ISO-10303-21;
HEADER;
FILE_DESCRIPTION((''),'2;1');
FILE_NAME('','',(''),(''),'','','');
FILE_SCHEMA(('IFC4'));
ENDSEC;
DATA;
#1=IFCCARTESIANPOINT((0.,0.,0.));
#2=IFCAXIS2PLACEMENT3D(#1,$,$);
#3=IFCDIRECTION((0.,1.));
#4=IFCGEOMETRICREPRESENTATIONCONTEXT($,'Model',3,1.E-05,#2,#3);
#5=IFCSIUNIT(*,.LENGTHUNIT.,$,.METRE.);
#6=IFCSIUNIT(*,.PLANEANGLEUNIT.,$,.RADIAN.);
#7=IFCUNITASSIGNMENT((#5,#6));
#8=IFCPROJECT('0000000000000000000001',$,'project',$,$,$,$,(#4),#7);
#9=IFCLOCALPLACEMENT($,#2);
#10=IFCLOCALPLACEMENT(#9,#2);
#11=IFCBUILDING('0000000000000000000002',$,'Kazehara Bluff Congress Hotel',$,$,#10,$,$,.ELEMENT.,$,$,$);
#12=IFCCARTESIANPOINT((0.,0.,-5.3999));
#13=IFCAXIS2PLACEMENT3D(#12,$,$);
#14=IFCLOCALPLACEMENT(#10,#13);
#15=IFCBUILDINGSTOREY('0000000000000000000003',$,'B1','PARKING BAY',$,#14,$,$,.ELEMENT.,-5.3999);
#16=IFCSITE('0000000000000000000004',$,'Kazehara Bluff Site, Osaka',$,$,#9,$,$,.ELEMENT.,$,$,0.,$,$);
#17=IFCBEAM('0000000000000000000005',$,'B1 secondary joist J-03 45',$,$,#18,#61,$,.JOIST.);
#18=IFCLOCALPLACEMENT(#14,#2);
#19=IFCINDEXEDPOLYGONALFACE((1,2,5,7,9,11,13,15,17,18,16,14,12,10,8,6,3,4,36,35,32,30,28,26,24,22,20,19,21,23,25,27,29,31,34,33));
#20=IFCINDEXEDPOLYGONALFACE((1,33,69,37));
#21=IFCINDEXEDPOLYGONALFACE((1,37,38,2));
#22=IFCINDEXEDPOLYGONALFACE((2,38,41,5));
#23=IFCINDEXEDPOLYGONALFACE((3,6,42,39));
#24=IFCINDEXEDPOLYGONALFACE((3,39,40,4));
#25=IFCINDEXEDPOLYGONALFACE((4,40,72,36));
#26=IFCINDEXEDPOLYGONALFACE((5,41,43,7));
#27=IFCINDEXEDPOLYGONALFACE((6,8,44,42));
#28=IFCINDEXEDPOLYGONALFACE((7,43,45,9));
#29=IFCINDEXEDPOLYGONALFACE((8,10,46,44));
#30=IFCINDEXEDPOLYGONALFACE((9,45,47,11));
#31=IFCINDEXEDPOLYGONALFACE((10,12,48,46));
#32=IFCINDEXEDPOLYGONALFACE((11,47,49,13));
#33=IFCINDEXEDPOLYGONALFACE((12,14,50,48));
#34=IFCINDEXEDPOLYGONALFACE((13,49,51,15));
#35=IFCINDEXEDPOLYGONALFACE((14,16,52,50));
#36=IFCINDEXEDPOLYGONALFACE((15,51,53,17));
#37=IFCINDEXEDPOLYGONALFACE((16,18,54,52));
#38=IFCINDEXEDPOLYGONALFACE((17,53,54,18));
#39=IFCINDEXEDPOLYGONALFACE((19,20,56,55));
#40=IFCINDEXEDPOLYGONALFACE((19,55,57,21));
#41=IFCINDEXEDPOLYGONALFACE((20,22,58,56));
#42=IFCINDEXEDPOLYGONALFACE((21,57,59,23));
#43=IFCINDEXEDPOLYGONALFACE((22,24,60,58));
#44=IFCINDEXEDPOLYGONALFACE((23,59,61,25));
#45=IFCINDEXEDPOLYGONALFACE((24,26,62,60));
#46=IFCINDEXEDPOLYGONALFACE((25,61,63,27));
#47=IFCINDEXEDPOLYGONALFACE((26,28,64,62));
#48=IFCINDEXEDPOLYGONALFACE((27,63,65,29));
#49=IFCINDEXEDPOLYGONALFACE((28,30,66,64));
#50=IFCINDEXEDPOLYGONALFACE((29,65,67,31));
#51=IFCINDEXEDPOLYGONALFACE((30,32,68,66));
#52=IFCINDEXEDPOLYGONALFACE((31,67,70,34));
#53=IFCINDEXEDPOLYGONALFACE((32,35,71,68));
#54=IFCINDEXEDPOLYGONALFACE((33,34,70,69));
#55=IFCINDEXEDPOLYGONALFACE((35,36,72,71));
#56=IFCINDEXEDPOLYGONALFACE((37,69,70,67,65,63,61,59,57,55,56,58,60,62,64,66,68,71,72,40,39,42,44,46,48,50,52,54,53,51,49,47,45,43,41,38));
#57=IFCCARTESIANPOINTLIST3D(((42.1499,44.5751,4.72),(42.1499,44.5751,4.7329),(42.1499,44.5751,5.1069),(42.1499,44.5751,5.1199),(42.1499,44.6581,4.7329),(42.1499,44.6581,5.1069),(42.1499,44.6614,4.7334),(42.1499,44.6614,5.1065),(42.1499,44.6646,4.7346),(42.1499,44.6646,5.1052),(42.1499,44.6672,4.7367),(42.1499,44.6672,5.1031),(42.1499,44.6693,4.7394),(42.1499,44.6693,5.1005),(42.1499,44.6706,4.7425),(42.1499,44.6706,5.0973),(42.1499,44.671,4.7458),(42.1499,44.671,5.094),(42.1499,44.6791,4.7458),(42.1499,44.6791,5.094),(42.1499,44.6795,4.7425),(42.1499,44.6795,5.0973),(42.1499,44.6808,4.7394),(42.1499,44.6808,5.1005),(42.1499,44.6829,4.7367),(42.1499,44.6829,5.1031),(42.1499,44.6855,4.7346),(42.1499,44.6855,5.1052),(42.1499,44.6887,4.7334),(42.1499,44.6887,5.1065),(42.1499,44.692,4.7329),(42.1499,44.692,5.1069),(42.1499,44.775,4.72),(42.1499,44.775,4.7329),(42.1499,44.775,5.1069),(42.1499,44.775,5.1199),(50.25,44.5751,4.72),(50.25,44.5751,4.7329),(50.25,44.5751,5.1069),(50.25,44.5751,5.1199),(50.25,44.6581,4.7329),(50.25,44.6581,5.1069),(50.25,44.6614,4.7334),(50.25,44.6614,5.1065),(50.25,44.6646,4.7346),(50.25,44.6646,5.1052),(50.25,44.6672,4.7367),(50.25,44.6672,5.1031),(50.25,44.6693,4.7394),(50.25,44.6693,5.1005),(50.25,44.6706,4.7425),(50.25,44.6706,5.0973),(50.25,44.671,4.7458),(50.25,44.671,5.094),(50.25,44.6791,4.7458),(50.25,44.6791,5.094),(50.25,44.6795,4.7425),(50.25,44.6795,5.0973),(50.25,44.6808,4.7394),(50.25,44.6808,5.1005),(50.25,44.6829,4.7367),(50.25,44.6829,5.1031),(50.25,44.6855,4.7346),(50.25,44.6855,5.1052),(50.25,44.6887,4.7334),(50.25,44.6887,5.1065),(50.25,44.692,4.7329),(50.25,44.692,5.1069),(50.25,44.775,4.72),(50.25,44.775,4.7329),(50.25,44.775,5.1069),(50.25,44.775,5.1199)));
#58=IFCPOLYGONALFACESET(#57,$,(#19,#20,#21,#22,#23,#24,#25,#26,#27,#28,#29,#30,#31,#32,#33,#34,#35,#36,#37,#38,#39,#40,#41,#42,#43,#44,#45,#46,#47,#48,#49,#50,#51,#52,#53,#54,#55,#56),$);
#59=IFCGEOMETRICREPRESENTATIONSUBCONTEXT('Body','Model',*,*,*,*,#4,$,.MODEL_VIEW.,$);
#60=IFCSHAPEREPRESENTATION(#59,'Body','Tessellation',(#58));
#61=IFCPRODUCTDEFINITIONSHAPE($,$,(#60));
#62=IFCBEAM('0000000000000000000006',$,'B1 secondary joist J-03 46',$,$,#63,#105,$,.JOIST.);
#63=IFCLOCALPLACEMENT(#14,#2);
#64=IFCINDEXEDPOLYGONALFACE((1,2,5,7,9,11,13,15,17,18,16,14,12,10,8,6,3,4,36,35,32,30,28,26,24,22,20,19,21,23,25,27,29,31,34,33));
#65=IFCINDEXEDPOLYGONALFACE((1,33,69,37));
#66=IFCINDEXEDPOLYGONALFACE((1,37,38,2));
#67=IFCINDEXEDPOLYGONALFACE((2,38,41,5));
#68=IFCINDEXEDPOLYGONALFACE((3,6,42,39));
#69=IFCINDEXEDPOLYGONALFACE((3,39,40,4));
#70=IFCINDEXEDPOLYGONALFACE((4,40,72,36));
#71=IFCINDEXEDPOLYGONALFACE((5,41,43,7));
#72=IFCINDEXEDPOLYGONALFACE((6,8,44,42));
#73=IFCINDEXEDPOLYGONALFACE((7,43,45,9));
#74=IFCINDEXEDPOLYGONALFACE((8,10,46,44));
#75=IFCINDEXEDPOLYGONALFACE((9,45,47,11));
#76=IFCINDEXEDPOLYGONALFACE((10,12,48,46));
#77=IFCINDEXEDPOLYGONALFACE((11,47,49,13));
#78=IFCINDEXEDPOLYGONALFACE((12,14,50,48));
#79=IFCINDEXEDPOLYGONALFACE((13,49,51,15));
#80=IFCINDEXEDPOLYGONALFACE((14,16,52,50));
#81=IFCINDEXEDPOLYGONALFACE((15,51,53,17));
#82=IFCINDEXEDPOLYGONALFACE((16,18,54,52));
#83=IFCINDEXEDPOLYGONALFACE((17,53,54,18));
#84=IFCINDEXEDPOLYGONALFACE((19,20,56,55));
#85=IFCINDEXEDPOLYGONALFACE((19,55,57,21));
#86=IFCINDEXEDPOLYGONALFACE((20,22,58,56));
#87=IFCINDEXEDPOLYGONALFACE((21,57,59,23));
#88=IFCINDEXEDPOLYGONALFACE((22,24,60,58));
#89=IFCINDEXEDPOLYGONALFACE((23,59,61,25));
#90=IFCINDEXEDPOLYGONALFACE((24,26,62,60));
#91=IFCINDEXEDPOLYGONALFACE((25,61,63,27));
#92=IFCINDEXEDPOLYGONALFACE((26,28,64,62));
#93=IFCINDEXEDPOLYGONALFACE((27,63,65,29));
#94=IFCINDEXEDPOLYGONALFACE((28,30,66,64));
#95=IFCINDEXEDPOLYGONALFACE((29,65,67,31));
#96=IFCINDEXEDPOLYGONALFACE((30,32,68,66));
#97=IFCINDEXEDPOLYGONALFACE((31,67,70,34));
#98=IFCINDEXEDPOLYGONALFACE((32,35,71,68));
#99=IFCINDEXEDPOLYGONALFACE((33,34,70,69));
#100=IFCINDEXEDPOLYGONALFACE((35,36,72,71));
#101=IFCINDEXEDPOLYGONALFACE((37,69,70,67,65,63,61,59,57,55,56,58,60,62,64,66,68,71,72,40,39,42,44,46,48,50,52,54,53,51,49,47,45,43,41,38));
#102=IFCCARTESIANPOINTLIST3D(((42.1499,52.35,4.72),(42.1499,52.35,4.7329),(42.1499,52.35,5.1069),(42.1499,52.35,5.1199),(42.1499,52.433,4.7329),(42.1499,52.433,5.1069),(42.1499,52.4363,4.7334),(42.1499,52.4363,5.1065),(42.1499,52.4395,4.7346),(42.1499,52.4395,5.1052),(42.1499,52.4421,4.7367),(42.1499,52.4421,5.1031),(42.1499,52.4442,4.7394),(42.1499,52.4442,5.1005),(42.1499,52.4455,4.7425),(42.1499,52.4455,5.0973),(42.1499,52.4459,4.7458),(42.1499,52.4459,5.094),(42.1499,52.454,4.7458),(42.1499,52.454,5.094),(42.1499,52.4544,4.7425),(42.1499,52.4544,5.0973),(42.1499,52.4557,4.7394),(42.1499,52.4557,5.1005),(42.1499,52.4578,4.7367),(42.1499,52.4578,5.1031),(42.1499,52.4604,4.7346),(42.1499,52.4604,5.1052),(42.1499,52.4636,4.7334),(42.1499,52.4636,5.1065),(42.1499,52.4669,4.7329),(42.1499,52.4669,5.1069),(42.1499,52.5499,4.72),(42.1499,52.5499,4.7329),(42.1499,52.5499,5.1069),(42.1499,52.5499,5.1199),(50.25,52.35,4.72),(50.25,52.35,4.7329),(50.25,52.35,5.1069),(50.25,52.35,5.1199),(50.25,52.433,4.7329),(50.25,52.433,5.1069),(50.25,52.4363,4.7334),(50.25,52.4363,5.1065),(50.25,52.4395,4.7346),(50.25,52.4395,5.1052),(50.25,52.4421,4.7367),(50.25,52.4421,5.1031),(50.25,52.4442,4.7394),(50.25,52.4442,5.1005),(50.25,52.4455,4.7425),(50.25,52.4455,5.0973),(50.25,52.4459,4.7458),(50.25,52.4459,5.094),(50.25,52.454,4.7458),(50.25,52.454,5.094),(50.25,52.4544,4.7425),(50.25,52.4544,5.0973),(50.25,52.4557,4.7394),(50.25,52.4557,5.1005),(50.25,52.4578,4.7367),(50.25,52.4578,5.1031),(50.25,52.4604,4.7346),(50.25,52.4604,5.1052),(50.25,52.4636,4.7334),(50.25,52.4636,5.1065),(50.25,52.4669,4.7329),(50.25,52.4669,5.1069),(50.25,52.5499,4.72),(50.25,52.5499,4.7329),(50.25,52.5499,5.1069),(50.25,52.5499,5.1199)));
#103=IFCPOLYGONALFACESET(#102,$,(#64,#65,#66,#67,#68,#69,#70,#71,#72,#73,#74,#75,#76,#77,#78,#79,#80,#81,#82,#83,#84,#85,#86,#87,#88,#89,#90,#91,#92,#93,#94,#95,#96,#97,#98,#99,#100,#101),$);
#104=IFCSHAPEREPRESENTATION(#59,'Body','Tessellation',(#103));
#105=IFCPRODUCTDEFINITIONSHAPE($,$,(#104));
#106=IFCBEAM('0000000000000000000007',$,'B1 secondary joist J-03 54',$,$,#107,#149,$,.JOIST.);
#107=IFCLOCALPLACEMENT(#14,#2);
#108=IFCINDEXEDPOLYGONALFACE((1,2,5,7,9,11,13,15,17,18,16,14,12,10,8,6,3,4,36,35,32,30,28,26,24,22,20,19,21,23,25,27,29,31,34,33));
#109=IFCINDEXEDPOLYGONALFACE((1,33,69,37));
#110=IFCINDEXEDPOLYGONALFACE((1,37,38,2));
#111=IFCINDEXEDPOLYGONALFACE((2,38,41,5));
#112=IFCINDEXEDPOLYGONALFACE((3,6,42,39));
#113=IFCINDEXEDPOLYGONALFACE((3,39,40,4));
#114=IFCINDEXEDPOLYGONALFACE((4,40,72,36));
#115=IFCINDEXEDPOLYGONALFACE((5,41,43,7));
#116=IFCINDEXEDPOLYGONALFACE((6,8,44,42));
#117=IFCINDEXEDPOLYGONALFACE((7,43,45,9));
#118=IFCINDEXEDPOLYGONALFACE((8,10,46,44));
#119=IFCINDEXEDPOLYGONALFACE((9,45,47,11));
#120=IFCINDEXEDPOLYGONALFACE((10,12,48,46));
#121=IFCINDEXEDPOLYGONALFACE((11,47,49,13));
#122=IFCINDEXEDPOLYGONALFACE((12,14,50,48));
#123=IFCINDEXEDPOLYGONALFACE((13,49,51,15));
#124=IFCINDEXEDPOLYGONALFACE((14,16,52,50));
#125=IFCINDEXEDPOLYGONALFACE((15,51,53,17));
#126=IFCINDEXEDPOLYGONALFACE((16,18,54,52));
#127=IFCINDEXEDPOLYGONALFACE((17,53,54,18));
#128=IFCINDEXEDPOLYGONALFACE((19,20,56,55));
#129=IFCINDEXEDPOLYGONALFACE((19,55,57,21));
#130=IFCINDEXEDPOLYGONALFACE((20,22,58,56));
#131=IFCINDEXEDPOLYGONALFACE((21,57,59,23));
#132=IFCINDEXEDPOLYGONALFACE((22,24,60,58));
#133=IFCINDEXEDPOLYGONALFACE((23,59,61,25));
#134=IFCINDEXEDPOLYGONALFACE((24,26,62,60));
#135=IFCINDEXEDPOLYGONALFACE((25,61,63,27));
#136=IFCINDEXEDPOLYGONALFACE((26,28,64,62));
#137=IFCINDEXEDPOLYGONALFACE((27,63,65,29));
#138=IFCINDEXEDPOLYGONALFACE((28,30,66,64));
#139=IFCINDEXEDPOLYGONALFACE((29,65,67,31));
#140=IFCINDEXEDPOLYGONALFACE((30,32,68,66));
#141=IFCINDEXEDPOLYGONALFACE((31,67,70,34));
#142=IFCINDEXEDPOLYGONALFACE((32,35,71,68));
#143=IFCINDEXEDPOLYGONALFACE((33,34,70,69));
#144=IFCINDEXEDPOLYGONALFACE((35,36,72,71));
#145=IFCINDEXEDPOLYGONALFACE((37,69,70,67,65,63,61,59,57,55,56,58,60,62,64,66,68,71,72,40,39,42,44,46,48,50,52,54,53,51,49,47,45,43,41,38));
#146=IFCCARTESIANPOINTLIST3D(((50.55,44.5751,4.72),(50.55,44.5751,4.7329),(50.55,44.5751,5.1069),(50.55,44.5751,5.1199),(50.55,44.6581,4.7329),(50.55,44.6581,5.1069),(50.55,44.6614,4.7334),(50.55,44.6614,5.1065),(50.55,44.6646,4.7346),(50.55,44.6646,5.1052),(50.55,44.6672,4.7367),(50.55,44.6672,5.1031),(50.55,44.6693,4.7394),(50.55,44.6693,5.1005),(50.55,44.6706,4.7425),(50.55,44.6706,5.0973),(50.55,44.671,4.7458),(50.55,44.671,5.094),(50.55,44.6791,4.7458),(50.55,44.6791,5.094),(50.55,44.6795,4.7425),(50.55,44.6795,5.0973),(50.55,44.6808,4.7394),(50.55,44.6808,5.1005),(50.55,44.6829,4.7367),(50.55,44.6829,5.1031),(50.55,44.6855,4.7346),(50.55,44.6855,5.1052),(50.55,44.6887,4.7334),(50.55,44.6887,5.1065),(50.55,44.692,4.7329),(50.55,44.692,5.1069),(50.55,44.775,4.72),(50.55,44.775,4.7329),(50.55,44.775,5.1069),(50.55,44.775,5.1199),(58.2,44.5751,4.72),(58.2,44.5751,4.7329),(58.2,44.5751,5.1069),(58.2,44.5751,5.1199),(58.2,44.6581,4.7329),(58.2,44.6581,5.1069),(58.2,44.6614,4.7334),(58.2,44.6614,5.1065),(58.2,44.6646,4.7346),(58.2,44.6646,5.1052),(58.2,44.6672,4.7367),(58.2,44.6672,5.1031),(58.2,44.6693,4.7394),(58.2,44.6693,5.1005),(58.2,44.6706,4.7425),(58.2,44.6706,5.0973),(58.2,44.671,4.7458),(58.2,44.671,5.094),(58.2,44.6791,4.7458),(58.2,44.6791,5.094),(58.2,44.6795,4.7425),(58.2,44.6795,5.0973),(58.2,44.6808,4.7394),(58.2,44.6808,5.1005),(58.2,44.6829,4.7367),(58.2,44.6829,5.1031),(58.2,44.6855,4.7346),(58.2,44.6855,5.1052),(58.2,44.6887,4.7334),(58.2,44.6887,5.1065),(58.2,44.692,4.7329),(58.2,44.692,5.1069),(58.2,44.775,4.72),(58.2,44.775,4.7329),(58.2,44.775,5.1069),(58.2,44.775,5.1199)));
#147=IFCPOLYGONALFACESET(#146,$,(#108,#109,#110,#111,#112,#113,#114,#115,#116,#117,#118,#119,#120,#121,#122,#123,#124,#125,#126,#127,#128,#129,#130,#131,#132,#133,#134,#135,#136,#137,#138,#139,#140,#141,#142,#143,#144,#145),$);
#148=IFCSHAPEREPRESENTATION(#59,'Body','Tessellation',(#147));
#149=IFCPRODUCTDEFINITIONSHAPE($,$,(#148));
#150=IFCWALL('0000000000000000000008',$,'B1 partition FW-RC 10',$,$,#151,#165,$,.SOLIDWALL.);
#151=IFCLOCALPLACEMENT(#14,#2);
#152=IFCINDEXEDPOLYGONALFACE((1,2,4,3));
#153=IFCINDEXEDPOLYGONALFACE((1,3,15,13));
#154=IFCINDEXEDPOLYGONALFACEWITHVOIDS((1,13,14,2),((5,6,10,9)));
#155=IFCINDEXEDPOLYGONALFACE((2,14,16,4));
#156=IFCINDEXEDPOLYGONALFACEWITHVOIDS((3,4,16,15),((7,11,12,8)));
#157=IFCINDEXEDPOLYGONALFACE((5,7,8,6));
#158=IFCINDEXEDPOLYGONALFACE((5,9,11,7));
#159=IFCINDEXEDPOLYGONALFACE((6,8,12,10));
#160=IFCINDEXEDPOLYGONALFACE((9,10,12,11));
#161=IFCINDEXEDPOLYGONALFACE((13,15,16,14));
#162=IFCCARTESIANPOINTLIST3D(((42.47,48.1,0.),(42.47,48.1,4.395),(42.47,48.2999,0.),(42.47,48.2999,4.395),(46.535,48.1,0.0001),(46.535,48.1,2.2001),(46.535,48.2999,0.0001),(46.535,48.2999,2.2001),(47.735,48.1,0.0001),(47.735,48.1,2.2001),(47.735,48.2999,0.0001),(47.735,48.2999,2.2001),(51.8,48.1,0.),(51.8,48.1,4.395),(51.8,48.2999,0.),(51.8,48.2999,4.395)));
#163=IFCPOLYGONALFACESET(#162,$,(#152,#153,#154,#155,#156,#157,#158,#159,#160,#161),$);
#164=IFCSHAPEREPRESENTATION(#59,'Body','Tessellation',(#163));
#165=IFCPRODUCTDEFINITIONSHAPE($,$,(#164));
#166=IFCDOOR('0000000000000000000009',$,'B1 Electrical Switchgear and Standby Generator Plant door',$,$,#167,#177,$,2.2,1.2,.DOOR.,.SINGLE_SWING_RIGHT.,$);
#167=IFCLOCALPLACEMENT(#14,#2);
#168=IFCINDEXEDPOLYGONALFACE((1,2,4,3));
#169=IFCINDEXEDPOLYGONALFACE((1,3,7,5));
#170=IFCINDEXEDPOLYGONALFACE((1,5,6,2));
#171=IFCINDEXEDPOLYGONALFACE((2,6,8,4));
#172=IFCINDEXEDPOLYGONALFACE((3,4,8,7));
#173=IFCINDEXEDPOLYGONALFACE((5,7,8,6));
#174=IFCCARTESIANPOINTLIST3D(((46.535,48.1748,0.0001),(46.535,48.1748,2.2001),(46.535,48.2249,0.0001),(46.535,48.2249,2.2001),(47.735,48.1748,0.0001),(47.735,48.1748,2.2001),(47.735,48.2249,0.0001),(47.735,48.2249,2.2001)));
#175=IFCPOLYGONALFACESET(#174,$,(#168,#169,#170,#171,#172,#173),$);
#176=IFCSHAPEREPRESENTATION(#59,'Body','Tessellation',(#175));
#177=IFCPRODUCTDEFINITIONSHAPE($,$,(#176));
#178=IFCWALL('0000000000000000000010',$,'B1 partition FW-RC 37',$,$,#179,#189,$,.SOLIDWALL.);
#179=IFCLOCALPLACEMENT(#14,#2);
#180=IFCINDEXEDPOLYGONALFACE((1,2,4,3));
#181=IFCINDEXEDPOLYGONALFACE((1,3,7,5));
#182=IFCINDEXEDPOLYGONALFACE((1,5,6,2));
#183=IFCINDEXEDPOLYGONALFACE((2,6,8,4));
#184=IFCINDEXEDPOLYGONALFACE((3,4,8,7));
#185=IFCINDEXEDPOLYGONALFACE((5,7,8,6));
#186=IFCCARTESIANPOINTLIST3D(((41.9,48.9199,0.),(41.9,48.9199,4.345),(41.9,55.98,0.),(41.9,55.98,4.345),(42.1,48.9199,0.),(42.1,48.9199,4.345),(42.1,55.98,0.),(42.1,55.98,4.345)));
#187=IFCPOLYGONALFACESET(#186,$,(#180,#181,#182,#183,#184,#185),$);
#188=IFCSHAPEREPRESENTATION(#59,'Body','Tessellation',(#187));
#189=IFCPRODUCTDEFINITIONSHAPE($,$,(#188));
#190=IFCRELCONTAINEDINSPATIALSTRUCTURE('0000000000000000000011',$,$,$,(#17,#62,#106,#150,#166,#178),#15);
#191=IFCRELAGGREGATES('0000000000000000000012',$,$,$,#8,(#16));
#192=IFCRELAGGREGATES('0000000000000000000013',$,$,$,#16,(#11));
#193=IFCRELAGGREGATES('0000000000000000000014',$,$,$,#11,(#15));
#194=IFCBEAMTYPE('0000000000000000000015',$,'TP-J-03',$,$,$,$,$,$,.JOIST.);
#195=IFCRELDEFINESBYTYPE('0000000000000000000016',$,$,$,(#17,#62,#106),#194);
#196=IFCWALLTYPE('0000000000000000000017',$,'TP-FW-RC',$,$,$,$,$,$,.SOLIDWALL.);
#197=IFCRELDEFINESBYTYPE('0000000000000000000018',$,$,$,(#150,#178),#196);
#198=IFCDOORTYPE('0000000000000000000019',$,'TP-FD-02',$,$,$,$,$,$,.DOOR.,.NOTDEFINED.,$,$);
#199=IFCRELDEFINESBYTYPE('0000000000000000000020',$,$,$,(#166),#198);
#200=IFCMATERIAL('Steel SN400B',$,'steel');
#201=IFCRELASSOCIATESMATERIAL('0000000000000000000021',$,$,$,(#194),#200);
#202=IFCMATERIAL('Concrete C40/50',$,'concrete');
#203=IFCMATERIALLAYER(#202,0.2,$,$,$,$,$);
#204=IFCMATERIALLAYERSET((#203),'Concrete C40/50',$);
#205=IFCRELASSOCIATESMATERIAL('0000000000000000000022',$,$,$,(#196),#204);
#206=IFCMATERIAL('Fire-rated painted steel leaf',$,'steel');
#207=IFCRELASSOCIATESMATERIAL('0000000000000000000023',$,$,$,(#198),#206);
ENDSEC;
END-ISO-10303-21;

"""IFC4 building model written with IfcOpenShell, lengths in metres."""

from ifc_helpers import new_model, si_unit, direction, frame, frame_2d, origin, origin_2d, place, context, subcontext, project, spatial, rectangle, i_section, extrude, material, layer, layer_set, material_profile, profile_set, type_object, element, fill, save


model = new_model("IFC4")

# Units and contexts
model_context = context("Model", 3, precision=1e-05, world=origin(), true_north=direction((0.0, 1.0)))
body_context = subcontext(model_context, "Body", "Model", "MODEL_VIEW")
ifc_project = project(units=[si_unit("LENGTHUNIT", "METRE"), si_unit("PLANEANGLEUNIT", "RADIAN")], contexts=[model_context])

# Site, building, storey
site_placement = place(None, origin())
site = spatial("IfcSite", under=ifc_project, at=site_placement, Name="Kazehara Bluff Site, Osaka", CompositionType="ELEMENT", RefElevation=0.0)
building_placement = place(site_placement, origin())
building = spatial("IfcBuilding", under=site, at=building_placement, Name="Kazehara Bluff Congress Hotel", CompositionType="ELEMENT")
storey_placement = place(building_placement, frame((0.0, 0.0, -5.3999)))
storey = spatial("IfcBuildingStorey", under=building, at=storey_placement, Name="B1", Description="PARKING BAY", CompositionType="ELEMENT", Elevation=-5.3999)

# Beams
ifc_material_1 = material(Name="Steel SN400B", Category="steel")
ifc_material_profile_1 = material_profile(ifc_material_1, i_section(OverallWidth=0.2, OverallDepth=0.3999, WebThickness=0.0081, FlangeThickness=0.0129, FilletRadius=0.0129, at=origin_2d()))
ifc_profile_set_1 = profile_set([ifc_material_profile_1], Name="Steel SN400B")
beam_type_1 = type_object("IfcBeamType", Name="TP-J-03", PredefinedType="JOIST", material=ifc_profile_set_1)
for number, where, z_axis, x_axis, name in (
    (1, (42.1499, 44.675, 4.9199), (1.0, 0.0, 0.0), (0.0, 1.0, 0.0), "B1 secondary joist J-03 45"),
    (2, (42.1499, 52.45, 4.9199), (1.0, 0.0, 0.0), (0.0, 1.0, 0.0), "B1 secondary joist J-03 46"),
):
    element("IfcBeam", number, at=place(storey_placement, frame(where, z_axis=z_axis, x_axis=x_axis)), inside=storey, type_object=beam_type_1, Name=name, PredefinedType="JOIST", context=body_context, shape_type="SweptSolid", body=[
        extrude(i_section(OverallWidth=0.2, OverallDepth=0.3999, WebThickness=0.0081, FlangeThickness=0.0129, FilletRadius=0.0129, at=origin_2d()), origin(), (0.0, 0.0, 1.0), 8.1001),
    ])
beam_1_placement = place(storey_placement, frame((50.55, 44.675, 4.9199), z_axis=(1.0, 0.0, 0.0), x_axis=(0.0, 1.0, 0.0)))
element("IfcBeam", 3, at=beam_1_placement, inside=storey, type_object=beam_type_1, Name="B1 secondary joist J-03 54", PredefinedType="JOIST", context=body_context, shape_type="SweptSolid", body=[
    extrude(i_section(OverallWidth=0.2, OverallDepth=0.3999, WebThickness=0.0081, FlangeThickness=0.0129, FilletRadius=0.0129, at=origin_2d()), origin(), (0.0, 0.0, 1.0), 7.6499),
])

# Wall, opening, door
ifc_material_2 = material(Name="Concrete C40/50", Category="concrete")
ifc_layer_1 = layer(ifc_material_2, 0.2)
ifc_layer_set_1 = layer_set([ifc_layer_1], Name="Concrete C40/50")
wall_type = type_object("IfcWallType", Name="TP-FW-RC", PredefinedType="SOLIDWALL", material=ifc_layer_set_1)
wall_1_placement = place(storey_placement, frame((42.47, 48.2, 0.0), z_axis=(0.0, 0.0, 1.0), x_axis=(1.0, 0.0, 0.0)))
wall_1 = element("IfcWall", 4, at=wall_1_placement, inside=storey, type_object=wall_type, Name="B1 partition FW-RC 10", PredefinedType="SOLIDWALL", context=body_context, shape_type="SweptSolid", body=[
    extrude(rectangle(XDim=9.3301, YDim=0.2, at=frame_2d((4.665, 0.0))), origin(), (0.0, 0.0, 1.0), 4.395),
])
opening_placement = place(wall_1_placement, frame((4.0649, 0.0, 0.0)))
opening = element("IfcOpeningElement", 5, at=opening_placement, cuts=wall_1, PredefinedType="OPENING", context=body_context, shape_type="SweptSolid", body=[
    extrude(rectangle(XDim=1.2, YDim=2.2, at=frame_2d((0.6001, 1.1001))), frame((0.0, 0.1099, 0.0), z_axis=(0.0, -1.0, 0.0), x_axis=(1.0, 0.0, 0.0)), (0.0, 0.0, 1.0), 0.22),
])
ifc_material_3 = material(Name="Fire-rated painted steel leaf", Category="steel")
door_type = type_object("IfcDoorType", Name="TP-FD-02", OperationType="NOTDEFINED", PredefinedType="DOOR", material=ifc_material_3)
door_placement = place(opening_placement, origin())
door = element("IfcDoor", 6, at=door_placement, inside=storey, type_object=door_type, Name="B1 Electrical Switchgear and Standby Generator Plant door", OperationType="SINGLE_SWING_RIGHT", OverallHeight=2.2, OverallWidth=1.2, PredefinedType="DOOR", context=body_context, shape_type="SweptSolid", body=[
    extrude(rectangle(XDim=1.2, YDim=2.2, at=frame_2d((0.6001, 1.1001))), frame((0.0, 0.0249, 0.0), z_axis=(0.0, -1.0, 0.0), x_axis=(1.0, 0.0, 0.0)), (0.0, 0.0, 1.0), 0.05),
])
fill(opening, door)

# Wall
wall_2_placement = place(storey_placement, frame((42.0, 48.9199, 0.0), z_axis=(0.0, 0.0, 1.0), x_axis=(0.0, 1.0, 0.0)))
element("IfcWall", 7, at=wall_2_placement, inside=storey, type_object=wall_type, Name="B1 partition FW-RC 37", PredefinedType="SOLIDWALL", context=body_context, shape_type="SweptSolid", body=[
    extrude(rectangle(XDim=7.0601, YDim=0.2, at=frame_2d((3.53, 0.0))), origin(), (0.0, 0.0, 1.0), 4.345),
])

save(model, "model.ifc")
